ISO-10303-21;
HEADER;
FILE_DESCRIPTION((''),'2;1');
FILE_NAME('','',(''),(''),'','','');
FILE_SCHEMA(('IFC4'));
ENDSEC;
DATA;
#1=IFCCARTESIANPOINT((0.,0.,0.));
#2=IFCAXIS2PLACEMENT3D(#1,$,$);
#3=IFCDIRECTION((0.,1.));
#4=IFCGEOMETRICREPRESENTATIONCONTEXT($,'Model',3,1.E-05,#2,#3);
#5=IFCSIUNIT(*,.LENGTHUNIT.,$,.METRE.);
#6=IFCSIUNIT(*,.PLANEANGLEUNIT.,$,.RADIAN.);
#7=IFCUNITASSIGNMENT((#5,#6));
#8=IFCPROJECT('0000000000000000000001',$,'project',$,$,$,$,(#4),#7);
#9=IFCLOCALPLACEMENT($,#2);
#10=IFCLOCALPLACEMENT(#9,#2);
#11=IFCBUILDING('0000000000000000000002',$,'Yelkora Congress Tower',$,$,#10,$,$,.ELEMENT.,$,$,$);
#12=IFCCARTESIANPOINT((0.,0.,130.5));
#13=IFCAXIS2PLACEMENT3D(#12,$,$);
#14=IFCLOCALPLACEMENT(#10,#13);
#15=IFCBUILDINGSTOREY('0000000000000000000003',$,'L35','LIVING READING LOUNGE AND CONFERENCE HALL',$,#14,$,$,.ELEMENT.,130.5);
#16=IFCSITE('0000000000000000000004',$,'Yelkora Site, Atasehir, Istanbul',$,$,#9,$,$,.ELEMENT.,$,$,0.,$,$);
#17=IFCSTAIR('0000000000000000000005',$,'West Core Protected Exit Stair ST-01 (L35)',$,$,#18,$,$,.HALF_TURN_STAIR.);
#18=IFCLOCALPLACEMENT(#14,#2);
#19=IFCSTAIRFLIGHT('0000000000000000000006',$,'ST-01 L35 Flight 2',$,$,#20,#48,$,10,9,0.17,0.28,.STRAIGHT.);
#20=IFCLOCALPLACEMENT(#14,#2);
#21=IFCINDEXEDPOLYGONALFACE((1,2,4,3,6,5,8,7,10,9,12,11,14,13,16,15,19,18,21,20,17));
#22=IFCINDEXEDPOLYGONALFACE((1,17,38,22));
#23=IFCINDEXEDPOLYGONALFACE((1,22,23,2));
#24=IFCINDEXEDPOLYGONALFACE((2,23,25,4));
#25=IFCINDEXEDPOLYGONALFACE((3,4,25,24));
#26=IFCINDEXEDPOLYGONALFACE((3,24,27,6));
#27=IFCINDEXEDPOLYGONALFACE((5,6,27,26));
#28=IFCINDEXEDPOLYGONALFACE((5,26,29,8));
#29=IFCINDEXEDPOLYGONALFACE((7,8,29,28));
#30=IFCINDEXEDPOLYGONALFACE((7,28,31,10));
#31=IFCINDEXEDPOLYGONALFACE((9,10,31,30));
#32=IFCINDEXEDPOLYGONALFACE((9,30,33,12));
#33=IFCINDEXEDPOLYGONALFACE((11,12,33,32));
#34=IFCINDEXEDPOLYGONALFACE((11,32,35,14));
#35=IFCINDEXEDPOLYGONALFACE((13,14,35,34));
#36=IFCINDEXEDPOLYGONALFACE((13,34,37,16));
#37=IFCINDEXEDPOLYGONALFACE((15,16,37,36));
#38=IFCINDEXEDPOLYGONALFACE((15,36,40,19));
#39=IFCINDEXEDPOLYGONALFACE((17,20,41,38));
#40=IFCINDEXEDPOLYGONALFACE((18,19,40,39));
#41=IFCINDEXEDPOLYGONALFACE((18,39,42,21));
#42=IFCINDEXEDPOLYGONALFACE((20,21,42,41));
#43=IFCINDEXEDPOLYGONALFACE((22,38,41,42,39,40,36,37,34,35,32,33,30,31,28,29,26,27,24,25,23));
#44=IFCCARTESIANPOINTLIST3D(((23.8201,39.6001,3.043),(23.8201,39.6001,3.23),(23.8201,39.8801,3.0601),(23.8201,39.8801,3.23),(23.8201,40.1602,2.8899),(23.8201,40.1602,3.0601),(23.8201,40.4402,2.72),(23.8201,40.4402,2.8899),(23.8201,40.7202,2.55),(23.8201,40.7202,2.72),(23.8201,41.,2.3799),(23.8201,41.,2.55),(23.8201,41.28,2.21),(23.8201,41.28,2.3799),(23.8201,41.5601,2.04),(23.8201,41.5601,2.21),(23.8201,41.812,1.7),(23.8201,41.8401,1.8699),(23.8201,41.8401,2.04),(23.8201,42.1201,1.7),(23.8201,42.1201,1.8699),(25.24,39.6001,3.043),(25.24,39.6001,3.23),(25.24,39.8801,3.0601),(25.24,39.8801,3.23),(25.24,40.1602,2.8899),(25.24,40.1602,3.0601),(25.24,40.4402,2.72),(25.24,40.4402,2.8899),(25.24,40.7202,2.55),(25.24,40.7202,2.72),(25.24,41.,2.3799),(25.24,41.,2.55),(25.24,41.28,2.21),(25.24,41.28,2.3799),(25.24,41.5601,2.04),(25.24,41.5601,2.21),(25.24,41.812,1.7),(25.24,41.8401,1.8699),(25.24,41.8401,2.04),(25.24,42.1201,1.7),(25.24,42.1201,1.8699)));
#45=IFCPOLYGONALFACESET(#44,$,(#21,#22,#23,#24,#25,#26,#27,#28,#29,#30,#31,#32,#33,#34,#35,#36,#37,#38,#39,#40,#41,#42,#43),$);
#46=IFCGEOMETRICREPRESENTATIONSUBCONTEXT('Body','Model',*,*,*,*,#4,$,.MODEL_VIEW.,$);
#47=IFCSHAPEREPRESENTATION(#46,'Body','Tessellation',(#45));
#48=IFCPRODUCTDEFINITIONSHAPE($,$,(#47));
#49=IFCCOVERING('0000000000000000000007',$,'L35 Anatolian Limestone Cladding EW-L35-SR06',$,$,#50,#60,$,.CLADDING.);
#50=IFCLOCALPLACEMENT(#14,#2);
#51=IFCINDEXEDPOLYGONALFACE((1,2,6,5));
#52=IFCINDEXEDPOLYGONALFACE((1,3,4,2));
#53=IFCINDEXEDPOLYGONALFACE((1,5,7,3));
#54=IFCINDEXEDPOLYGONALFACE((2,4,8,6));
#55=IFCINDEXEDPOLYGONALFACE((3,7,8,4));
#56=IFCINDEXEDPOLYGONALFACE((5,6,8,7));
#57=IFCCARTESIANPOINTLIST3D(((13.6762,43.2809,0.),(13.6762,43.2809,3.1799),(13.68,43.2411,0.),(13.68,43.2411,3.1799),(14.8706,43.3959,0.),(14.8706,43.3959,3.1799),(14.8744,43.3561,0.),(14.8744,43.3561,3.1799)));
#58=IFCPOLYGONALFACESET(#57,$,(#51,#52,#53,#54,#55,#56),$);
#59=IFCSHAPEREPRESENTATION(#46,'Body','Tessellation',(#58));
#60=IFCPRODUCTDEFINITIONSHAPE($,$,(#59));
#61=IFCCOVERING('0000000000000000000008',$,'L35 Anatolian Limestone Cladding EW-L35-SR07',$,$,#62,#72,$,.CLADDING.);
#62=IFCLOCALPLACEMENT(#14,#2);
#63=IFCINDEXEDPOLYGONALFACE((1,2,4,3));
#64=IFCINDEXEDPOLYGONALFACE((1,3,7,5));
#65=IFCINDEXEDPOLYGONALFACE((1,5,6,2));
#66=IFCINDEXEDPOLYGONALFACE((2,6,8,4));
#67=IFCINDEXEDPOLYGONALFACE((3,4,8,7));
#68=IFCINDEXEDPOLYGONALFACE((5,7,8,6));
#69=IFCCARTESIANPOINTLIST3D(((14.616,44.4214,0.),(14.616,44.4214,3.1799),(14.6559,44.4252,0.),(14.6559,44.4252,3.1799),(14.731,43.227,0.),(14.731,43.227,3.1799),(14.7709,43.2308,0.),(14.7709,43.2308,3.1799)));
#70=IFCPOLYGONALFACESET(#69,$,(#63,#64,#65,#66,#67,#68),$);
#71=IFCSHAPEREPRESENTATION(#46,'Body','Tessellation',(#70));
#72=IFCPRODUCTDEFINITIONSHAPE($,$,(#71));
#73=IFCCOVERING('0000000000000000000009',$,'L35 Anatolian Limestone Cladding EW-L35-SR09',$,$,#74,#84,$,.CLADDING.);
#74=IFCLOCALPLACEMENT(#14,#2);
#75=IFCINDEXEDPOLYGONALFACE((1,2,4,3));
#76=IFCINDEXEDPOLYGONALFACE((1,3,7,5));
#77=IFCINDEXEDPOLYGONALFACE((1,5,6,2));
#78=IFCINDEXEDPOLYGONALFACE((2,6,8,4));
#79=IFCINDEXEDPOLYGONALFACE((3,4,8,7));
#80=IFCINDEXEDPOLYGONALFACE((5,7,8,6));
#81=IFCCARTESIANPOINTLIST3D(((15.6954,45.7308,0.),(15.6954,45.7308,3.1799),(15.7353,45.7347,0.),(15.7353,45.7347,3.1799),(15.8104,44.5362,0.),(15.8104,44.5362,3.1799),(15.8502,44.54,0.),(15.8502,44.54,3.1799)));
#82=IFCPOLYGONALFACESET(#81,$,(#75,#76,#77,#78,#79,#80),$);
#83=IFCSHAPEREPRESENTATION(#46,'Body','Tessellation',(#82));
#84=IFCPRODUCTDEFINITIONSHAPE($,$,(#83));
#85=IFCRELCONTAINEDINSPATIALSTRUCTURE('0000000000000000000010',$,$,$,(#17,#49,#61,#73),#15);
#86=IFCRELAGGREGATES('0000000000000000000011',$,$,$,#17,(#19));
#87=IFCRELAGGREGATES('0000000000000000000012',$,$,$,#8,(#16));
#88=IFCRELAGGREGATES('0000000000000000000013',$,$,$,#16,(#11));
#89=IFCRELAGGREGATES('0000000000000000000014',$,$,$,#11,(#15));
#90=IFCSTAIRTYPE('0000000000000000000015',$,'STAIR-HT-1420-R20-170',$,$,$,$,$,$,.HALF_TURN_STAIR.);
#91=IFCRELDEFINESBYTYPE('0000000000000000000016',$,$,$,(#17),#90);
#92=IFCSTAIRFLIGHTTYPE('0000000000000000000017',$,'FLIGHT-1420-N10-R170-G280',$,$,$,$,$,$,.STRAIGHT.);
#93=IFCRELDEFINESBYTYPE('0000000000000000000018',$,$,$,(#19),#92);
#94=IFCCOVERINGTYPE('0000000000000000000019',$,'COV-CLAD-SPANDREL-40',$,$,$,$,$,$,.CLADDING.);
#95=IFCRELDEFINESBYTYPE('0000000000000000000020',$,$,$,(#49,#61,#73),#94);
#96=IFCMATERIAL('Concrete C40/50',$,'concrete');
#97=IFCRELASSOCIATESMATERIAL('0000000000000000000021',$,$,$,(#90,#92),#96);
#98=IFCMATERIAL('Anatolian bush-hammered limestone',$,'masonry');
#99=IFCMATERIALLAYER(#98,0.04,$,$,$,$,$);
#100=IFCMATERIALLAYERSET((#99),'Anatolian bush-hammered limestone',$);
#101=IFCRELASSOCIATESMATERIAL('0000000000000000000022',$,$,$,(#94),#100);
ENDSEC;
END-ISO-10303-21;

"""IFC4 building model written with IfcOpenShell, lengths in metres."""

from ifc_helpers import new_model, si_unit, direction, frame, frame_2d, origin, place, context, subcontext, project, spatial, polyline, rectangle, outline, extrude, material, layer, layer_set, type_object, element, aggregate, save


model = new_model("IFC4")

# Units and contexts
model_context = context("Model", 3, precision=1e-05, world=origin(), true_north=direction((0.0, 1.0)))
body_context = subcontext(model_context, "Body", "Model", "MODEL_VIEW")
ifc_project = project(units=[si_unit("LENGTHUNIT", "METRE"), si_unit("PLANEANGLEUNIT", "RADIAN")], contexts=[model_context])

# Site, building, storey
site_placement = place(None, origin())
site = spatial("IfcSite", under=ifc_project, at=site_placement, Name="Yelkora Site, Atasehir, Istanbul", CompositionType="ELEMENT", RefElevation=0.0)
building_placement = place(site_placement, origin())
building = spatial("IfcBuilding", under=site, at=building_placement, Name="Yelkora Congress Tower", CompositionType="ELEMENT")
storey_placement = place(building_placement, frame((0.0, 0.0, 130.5)))
storey = spatial("IfcBuildingStorey", under=building, at=storey_placement, Name="L35", Description="LIVING READING LOUNGE AND CONFERENCE HALL", CompositionType="ELEMENT", Elevation=130.5)

# Shared definitions
ifc_material_1 = material(Name="Concrete C40/50", Category="concrete")

# Stair, stair flight
stair_type = type_object("IfcStairType", Name="STAIR-HT-1420-R20-170", PredefinedType="HALF_TURN_STAIR", material=ifc_material_1)
stair_placement = place(storey_placement, origin())
stair = element("IfcStair", 1, at=stair_placement, inside=storey, type_object=stair_type, Name="West Core Protected Exit Stair ST-01 (L35)", PredefinedType="HALF_TURN_STAIR")
stair_flight_type = type_object("IfcStairFlightType", Name="FLIGHT-1420-N10-R170-G280", PredefinedType="STRAIGHT", material=ifc_material_1)
stair_flight_placement = place(storey_placement, frame((24.53, 42.1201, 1.7), z_axis=(0.0, 0.0, 1.0), x_axis=(0.0, -1.0, 0.0)))
stair_flight = element("IfcStairFlight", 2, at=stair_flight_placement, type_object=stair_flight_type, Name="ST-01 L35 Flight 2", NumberOfRisers=10, NumberOfTreads=9, PredefinedType="STRAIGHT", RiserHeight=0.17, TreadLength=0.28, context=body_context, shape_type="SweptSolid", body=[
    extrude(outline(polyline([(0.0, 0.0), (0.0, 0.1699), (0.28, 0.1699), (0.28, 0.3401), (0.5601, 0.3401), (0.5601, 0.51), (0.8401, 0.51), (0.8401, 0.6799), (1.1201, 0.6799), (1.1201, 0.8501), (1.3999, 0.8501), (1.3999, 1.02), (1.6799, 1.02), (1.6799, 1.1899), (1.96, 1.1899), (1.96, 1.3601), (2.24, 1.3601), (2.24, 1.53), (2.52, 1.53), (2.52, 1.7), (2.52, 1.343), (0.3081, 0.0), (0.0, 0.0)])), frame((0.0, 0.71, 0.0), z_axis=(0.0, -1.0, 0.0), x_axis=(1.0, 0.0, 0.0)), (0.0, 0.0, 1.0), 1.4199),
])
aggregate(stair, [stair_flight])

# Coverings
ifc_material_2 = material(Name="Anatolian bush-hammered limestone", Category="masonry")
ifc_layer_1 = layer(ifc_material_2, 0.04)
ifc_layer_set_1 = layer_set([ifc_layer_1], Name="Anatolian bush-hammered limestone")
covering_type = type_object("IfcCoveringType", Name="COV-CLAD-SPANDREL-40", PredefinedType="CLADDING", material=ifc_layer_set_1)
for number, where, z_axis, x_axis, name in (
    (3, (13.678, 43.261, 0.0), (0.0, 0.0, 1.0), (0.995397, 0.095836, 0.0), "L35 Anatolian Limestone Cladding EW-L35-SR06"),
    (4, (14.751, 43.2288, 0.0), (0.0, 0.0, 1.0), (-0.095836, 0.995397, 0.0), "L35 Anatolian Limestone Cladding EW-L35-SR07"),
):
    element("IfcCovering", number, at=place(storey_placement, frame(where, z_axis=z_axis, x_axis=x_axis)), inside=storey, type_object=covering_type, Name=name, PredefinedType="CLADDING", context=body_context, shape_type="SweptSolid", body=[
        extrude(rectangle(XDim=1.2, YDim=0.04, at=frame_2d((0.6001, 0.0))), origin(), (0.0, 0.0, 1.0), 3.1799),
    ])
covering_placement = place(storey_placement, frame((15.8303, 44.5381, 0.0), z_axis=(0.0, 0.0, 1.0), x_axis=(-0.095817, 0.995399, 0.0)))
element("IfcCovering", 5, at=covering_placement, inside=storey, type_object=covering_type, Name="L35 Anatolian Limestone Cladding EW-L35-SR09", PredefinedType="CLADDING", context=body_context, shape_type="SweptSolid", body=[
    extrude(rectangle(XDim=1.2002, YDim=0.04, at=frame_2d((0.6001, 0.0))), origin(), (0.0, 0.0, 1.0), 3.1799),
])

save(model, "model.ifc")
